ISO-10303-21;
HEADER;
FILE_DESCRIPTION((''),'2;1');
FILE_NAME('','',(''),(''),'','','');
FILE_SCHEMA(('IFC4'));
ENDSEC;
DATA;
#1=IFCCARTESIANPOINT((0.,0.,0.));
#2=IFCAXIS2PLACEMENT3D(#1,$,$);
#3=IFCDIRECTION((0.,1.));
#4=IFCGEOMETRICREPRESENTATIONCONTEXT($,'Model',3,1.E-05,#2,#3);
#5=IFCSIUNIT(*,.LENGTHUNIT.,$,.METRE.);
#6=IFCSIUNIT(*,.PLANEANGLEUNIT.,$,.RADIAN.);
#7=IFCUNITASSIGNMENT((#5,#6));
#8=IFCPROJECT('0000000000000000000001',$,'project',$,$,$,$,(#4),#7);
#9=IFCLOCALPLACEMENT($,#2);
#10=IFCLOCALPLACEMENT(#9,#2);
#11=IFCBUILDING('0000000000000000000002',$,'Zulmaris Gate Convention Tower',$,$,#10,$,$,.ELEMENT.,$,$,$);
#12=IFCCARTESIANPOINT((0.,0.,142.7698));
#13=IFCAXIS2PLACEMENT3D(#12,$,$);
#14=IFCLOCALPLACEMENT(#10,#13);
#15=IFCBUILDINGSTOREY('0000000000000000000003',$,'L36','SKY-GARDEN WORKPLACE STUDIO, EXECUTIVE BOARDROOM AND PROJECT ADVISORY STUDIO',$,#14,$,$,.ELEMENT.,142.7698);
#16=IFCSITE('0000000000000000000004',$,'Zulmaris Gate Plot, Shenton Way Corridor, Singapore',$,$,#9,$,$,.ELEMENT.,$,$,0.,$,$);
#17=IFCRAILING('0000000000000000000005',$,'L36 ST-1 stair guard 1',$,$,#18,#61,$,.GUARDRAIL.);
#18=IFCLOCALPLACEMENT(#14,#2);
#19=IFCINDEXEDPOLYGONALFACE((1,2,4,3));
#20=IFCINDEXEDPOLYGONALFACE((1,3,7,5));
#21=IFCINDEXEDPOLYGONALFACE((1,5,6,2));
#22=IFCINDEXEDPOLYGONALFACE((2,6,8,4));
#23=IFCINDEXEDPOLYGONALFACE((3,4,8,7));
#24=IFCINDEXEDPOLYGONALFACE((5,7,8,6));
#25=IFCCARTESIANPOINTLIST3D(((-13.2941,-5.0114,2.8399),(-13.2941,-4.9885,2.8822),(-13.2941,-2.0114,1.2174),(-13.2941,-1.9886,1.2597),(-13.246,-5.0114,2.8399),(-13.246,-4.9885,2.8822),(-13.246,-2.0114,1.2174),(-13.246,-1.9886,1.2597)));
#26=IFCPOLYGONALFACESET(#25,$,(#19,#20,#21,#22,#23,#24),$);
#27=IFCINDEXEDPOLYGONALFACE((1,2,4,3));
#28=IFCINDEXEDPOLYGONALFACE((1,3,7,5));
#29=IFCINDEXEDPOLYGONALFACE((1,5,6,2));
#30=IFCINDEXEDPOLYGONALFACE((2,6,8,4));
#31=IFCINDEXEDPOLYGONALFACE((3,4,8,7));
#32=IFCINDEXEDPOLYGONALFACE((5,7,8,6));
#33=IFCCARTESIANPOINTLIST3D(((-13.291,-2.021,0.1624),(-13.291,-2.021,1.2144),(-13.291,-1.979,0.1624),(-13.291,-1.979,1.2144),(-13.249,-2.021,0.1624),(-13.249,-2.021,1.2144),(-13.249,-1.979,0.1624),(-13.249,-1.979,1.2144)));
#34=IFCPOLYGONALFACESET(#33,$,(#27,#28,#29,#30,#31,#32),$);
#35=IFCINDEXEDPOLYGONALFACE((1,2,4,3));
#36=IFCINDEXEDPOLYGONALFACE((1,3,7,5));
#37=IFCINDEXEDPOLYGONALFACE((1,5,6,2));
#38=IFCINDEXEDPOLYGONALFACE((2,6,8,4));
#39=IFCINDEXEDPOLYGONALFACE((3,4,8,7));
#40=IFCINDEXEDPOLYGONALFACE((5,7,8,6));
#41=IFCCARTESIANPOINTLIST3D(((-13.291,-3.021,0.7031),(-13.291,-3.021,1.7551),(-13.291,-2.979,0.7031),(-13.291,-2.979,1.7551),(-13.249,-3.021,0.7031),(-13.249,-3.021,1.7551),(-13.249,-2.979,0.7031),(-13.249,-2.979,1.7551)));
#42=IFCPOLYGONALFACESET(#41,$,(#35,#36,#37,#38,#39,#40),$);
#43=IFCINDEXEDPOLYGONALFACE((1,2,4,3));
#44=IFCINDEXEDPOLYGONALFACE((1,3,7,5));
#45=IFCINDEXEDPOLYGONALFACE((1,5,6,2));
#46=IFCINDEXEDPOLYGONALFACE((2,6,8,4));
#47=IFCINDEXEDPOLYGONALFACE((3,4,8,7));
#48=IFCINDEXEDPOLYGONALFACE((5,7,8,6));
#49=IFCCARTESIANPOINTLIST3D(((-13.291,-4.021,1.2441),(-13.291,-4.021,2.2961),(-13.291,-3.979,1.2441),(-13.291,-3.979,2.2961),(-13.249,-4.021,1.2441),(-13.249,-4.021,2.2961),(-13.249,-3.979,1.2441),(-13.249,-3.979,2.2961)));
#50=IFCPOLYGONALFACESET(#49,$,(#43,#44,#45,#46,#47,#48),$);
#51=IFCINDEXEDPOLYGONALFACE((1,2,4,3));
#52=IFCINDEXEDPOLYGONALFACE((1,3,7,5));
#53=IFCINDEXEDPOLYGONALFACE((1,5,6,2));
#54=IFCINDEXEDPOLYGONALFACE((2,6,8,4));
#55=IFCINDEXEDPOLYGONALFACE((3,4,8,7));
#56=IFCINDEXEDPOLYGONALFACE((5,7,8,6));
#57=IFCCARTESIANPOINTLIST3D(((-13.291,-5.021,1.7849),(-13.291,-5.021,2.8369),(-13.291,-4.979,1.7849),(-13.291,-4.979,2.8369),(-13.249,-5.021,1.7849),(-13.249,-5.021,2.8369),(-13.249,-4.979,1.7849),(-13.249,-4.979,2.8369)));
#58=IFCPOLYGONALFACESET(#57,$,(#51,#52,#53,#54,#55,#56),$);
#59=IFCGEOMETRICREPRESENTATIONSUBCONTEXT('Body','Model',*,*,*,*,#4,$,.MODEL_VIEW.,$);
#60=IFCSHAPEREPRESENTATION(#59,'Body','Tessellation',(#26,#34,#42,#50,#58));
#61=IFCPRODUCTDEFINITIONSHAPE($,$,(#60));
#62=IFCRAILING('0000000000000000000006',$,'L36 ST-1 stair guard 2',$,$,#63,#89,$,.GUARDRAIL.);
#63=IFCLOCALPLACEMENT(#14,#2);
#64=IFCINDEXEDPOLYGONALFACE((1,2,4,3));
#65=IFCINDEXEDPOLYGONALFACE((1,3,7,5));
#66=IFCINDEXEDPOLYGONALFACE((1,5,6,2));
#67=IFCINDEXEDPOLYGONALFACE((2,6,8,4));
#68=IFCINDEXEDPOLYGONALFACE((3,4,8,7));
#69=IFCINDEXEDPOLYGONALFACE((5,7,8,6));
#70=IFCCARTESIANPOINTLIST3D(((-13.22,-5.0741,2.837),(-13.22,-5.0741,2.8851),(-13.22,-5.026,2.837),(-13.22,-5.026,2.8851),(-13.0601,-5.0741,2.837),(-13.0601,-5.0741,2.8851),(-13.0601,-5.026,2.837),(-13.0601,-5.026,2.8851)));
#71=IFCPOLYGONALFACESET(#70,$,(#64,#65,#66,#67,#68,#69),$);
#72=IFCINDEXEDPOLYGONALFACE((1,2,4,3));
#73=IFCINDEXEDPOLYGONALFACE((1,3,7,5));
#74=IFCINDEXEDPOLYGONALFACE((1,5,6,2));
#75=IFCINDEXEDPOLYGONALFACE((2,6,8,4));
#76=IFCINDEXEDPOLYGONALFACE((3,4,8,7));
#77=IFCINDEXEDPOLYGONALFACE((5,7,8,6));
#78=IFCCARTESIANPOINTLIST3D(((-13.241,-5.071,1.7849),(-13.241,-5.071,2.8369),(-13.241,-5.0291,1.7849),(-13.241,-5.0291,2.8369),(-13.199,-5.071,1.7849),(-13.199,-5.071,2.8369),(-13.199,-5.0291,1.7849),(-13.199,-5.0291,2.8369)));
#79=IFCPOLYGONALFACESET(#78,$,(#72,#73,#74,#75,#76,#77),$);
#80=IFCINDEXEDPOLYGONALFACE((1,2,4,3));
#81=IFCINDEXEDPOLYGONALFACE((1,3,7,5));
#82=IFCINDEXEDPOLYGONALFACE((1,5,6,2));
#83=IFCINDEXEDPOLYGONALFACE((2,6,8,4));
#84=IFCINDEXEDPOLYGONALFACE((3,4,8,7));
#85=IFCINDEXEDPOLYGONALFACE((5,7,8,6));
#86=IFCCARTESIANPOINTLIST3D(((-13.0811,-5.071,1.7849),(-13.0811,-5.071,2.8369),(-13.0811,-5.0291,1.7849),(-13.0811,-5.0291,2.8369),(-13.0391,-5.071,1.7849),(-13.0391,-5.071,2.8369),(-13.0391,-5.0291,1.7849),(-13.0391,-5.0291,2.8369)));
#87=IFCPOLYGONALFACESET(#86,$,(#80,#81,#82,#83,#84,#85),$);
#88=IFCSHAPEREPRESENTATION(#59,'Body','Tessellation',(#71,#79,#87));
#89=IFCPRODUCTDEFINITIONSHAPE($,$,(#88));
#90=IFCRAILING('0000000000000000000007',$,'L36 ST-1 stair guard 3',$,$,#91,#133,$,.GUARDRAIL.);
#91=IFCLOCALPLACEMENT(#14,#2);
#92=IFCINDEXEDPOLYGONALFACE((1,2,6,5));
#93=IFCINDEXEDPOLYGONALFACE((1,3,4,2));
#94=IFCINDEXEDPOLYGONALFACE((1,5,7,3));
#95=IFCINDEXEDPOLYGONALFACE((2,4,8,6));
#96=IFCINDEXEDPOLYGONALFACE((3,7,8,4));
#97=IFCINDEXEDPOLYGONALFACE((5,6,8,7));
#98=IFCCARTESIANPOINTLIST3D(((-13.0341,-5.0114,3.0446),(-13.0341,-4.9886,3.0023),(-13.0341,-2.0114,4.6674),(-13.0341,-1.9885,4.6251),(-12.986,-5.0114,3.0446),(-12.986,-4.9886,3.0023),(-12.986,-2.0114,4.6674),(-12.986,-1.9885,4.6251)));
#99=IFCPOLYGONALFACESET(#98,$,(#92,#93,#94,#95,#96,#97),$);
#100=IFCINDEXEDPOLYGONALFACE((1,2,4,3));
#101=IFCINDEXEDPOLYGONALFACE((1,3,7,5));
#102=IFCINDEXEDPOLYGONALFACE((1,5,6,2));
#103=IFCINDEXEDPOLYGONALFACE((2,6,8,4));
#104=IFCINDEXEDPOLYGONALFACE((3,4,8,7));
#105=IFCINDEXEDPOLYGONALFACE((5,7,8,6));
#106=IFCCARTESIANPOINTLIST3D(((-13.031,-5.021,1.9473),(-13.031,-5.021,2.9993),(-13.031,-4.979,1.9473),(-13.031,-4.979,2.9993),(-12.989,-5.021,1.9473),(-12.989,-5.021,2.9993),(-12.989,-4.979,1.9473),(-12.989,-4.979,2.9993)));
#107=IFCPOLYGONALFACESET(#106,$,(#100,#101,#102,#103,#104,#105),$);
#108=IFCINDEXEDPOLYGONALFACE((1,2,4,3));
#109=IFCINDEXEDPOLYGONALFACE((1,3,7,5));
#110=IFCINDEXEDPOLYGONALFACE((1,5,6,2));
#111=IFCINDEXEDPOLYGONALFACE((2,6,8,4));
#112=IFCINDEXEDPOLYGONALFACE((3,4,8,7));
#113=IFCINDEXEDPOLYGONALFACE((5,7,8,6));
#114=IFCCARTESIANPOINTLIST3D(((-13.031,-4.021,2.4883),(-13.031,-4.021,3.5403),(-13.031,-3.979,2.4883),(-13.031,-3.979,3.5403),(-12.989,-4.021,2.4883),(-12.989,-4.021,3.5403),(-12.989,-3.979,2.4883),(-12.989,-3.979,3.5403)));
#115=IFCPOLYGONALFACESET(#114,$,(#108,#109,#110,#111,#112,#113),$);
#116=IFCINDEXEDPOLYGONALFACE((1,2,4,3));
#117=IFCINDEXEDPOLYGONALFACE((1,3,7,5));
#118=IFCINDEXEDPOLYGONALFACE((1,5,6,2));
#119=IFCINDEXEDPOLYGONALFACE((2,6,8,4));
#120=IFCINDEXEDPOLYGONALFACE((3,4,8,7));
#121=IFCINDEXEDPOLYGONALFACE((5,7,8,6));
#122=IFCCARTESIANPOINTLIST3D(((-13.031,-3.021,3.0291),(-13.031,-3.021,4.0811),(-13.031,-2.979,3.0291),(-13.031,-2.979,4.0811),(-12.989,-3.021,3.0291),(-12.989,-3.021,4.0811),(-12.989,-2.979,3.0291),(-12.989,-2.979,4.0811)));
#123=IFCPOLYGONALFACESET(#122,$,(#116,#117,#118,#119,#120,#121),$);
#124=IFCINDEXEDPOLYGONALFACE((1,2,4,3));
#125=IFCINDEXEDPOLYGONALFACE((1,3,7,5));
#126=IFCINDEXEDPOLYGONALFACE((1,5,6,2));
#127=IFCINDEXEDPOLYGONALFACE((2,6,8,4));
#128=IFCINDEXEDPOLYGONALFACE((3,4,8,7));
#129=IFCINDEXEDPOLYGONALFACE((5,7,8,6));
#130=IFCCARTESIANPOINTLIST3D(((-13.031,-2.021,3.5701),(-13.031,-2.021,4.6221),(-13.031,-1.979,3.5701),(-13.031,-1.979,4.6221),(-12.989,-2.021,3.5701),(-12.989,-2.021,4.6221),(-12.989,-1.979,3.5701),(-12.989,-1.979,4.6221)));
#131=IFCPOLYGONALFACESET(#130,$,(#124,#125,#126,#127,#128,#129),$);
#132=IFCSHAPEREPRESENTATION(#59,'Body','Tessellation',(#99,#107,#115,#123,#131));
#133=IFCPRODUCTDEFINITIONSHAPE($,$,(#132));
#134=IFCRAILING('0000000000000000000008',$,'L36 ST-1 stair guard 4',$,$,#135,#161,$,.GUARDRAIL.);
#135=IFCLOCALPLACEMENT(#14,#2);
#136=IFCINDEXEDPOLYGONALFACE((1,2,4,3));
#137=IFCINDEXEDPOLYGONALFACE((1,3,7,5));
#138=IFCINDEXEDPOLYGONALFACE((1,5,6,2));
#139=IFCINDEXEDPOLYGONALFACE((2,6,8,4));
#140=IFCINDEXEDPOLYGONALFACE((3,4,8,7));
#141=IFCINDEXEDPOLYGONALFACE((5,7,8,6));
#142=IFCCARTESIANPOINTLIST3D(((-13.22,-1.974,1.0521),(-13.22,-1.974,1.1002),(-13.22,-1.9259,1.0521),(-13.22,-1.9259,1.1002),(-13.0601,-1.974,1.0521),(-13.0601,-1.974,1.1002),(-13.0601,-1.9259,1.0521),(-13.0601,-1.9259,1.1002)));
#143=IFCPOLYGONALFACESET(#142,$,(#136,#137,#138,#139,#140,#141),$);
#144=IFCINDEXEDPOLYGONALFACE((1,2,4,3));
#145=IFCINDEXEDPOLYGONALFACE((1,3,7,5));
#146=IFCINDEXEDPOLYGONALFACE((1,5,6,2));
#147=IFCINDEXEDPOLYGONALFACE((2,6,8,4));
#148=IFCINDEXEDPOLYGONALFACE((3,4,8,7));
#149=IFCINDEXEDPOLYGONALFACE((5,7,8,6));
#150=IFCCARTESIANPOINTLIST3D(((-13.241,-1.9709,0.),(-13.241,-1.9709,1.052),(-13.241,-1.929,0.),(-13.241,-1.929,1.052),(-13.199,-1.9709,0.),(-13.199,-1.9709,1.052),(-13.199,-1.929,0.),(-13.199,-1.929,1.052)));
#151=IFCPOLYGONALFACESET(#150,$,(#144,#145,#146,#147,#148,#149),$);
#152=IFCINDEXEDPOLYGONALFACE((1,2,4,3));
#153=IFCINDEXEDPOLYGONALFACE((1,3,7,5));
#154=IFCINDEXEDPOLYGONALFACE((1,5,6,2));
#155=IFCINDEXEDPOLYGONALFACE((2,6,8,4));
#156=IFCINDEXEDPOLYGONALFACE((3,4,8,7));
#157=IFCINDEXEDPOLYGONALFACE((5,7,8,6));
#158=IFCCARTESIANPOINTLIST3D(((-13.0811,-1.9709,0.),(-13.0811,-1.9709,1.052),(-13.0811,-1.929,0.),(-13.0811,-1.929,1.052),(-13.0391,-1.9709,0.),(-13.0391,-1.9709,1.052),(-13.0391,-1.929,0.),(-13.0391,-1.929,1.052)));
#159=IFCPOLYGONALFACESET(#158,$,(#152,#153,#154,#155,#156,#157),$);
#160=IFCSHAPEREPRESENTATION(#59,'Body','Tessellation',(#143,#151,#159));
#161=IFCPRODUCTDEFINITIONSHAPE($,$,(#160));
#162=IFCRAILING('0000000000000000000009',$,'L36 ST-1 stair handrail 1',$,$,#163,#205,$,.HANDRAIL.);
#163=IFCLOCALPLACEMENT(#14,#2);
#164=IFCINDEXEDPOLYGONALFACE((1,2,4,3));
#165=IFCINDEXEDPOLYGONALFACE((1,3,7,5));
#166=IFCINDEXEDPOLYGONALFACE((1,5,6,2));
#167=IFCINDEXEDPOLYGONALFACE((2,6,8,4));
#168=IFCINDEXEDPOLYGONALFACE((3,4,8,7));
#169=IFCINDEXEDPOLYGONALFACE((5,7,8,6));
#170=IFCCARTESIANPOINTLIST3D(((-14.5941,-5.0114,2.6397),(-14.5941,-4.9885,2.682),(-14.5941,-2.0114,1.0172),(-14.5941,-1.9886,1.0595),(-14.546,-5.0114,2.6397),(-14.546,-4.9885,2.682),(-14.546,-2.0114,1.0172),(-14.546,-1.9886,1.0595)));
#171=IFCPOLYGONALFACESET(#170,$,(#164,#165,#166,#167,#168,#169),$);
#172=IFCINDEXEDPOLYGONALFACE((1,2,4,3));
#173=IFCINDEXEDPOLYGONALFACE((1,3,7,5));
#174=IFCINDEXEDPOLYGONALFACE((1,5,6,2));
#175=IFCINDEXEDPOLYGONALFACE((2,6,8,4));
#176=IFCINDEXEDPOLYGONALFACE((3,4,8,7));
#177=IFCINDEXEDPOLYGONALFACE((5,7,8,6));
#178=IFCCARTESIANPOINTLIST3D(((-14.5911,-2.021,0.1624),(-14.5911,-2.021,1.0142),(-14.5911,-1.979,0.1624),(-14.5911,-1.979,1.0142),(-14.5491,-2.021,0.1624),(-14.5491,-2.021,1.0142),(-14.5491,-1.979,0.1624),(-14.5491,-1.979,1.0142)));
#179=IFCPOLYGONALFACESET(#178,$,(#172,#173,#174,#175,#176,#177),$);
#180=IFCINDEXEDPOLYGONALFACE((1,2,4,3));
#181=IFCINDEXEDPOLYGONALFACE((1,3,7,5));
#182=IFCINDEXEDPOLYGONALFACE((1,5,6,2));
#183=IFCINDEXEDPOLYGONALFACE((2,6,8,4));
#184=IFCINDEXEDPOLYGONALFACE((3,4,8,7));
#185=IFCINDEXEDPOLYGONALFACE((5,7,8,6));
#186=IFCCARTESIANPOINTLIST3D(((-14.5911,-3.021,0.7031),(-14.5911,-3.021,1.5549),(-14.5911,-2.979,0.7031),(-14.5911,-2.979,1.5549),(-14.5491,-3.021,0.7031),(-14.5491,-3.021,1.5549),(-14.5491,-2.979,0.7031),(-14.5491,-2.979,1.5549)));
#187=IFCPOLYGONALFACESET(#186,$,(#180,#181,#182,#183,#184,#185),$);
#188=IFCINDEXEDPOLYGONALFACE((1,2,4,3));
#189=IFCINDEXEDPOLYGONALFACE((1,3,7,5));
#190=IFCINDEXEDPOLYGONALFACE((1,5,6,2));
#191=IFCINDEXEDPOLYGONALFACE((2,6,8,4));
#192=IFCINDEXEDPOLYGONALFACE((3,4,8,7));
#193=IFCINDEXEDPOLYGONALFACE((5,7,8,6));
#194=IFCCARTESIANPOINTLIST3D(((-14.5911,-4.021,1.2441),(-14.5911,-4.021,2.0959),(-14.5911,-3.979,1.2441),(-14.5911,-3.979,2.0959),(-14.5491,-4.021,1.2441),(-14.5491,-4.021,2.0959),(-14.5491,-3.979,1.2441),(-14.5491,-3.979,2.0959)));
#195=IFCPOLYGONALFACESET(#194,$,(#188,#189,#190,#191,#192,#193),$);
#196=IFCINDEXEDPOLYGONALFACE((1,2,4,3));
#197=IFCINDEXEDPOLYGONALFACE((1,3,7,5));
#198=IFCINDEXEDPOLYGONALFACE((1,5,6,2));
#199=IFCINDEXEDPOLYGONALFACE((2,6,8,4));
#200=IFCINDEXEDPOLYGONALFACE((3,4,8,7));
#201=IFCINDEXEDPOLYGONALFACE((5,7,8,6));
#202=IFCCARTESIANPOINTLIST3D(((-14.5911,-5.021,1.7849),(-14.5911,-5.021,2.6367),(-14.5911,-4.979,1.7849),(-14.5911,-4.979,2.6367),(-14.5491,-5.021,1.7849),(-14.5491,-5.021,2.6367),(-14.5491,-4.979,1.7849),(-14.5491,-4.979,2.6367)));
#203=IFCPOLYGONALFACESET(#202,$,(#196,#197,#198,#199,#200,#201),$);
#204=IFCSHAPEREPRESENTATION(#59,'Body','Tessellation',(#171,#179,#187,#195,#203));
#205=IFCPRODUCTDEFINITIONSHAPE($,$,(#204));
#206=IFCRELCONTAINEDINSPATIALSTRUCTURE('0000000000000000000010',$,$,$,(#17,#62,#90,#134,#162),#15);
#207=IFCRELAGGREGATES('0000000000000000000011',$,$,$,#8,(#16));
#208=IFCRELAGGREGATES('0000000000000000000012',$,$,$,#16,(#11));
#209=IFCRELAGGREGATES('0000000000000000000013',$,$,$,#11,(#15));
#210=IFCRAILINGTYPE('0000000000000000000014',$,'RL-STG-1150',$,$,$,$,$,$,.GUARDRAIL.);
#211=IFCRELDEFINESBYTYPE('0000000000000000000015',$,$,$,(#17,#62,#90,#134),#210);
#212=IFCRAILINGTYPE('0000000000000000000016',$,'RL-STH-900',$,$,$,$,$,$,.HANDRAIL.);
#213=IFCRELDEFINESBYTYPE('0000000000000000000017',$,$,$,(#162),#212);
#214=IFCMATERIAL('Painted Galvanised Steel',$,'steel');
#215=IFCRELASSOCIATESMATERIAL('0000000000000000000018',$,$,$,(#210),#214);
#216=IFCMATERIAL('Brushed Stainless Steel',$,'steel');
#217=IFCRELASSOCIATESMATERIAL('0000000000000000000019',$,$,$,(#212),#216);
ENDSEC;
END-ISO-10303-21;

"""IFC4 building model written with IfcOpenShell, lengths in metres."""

from ifc_helpers import new_model, si_unit, direction, frame, origin, origin_2d, place, context, subcontext, project, spatial, rectangle, extrude, material, type_object, element, save


model = new_model("IFC4")

# Units and contexts
model_context = context("Model", 3, precision=1e-05, world=origin(), true_north=direction((0.0, 1.0)))
body_context = subcontext(model_context, "Body", "Model", "MODEL_VIEW")
ifc_project = project(units=[si_unit("LENGTHUNIT", "METRE"), si_unit("PLANEANGLEUNIT", "RADIAN")], contexts=[model_context])

# Site, building, storey
site_placement = place(None, origin())
site = spatial("IfcSite", under=ifc_project, at=site_placement, Name="Zulmaris Gate Plot, Shenton Way Corridor, Singapore", CompositionType="ELEMENT", RefElevation=0.0)
building_placement = place(site_placement, origin())
building = spatial("IfcBuilding", under=site, at=building_placement, Name="Zulmaris Gate Convention Tower", CompositionType="ELEMENT")
storey_placement = place(building_placement, frame((0.0, 0.0, 142.7698)))
storey = spatial("IfcBuildingStorey", under=building, at=storey_placement, Name="L36", Description="SKY-GARDEN WORKPLACE STUDIO, EXECUTIVE BOARDROOM AND PROJECT ADVISORY STUDIO", CompositionType="ELEMENT", Elevation=142.7698)

# Railings
ifc_material_1 = material(Name="Painted Galvanised Steel", Category="steel")
railing_type_1 = type_object("IfcRailingType", Name="RL-STG-1150", PredefinedType="GUARDRAIL", material=ifc_material_1)
railing_1_placement = place(storey_placement, frame((-13.27, -2.0, 0.1624)))
element("IfcRailing", 1, at=railing_1_placement, inside=storey, type_object=railing_type_1, Name="L36 ST-1 stair guard 1", PredefinedType="GUARDRAIL", context=body_context, shape_type="SweptSolid", body=[
    extrude(rectangle(XDim=0.0481, YDim=0.0481, at=origin_2d()), frame((0.0, 0.0, 1.0762), z_axis=(0.0, -0.879592, 0.47573), x_axis=(1.0, 0.0, 0.0)), (0.0, 0.0, 1.0), 3.4106),
    extrude(rectangle(XDim=0.042, YDim=0.042, at=origin_2d()), origin(), (0.0, 0.0, 1.0), 1.052),
    extrude(rectangle(XDim=0.042, YDim=0.042, at=origin_2d()), frame((0.0, -1.0, 0.5408)), (0.0, 0.0, 1.0), 1.052),
    extrude(rectangle(XDim=0.042, YDim=0.042, at=origin_2d()), frame((0.0, -2.0, 1.0818)), (0.0, 0.0, 1.0), 1.052),
    extrude(rectangle(XDim=0.042, YDim=0.042, at=origin_2d()), frame((0.0, -3.0, 1.6226)), (0.0, 0.0, 1.0), 1.052),
])
railing_2_placement = place(storey_placement, frame((-13.22, -5.05, 1.7849)))
element("IfcRailing", 2, at=railing_2_placement, inside=storey, type_object=railing_type_1, Name="L36 ST-1 stair guard 2", PredefinedType="GUARDRAIL", context=body_context, shape_type="SweptSolid", body=[
    extrude(rectangle(XDim=0.0481, YDim=0.0481, at=origin_2d()), frame((0.0, 0.0, 1.0762), z_axis=(1.0, 0.0, 0.0), x_axis=(0.0, 1.0, 0.0)), (0.0, 0.0, 1.0), 0.1599),
    extrude(rectangle(XDim=0.042, YDim=0.042, at=origin_2d()), origin(), (0.0, 0.0, 1.0), 1.052),
    extrude(rectangle(XDim=0.042, YDim=0.042, at=origin_2d()), frame((0.1599, 0.0, 0.0)), (0.0, 0.0, 1.0), 1.052),
])
railing_3_placement = place(storey_placement, frame((-13.01, -5.0, 1.9473)))
element("IfcRailing", 3, at=railing_3_placement, inside=storey, type_object=railing_type_1, Name="L36 ST-1 stair guard 3", PredefinedType="GUARDRAIL", context=body_context, shape_type="SweptSolid", body=[
    extrude(rectangle(XDim=0.0481, YDim=0.0481, at=origin_2d()), frame((0.0, 0.0, 1.0762), z_axis=(0.0, 0.879562, 0.475785), x_axis=(-1.0, 0.0, 0.0)), (0.0, 0.0, 1.0), 3.4109),
    extrude(rectangle(XDim=0.042, YDim=0.042, at=origin_2d()), origin(), (0.0, 0.0, 1.0), 1.052),
    extrude(rectangle(XDim=0.042, YDim=0.042, at=origin_2d()), frame((0.0, 1.0, 0.541)), (0.0, 0.0, 1.0), 1.052),
    extrude(rectangle(XDim=0.042, YDim=0.042, at=origin_2d()), frame((0.0, 2.0, 1.0818)), (0.0, 0.0, 1.0), 1.052),
    extrude(rectangle(XDim=0.042, YDim=0.042, at=origin_2d()), frame((0.0, 3.0, 1.6228)), (0.0, 0.0, 1.0), 1.052),
])
railing_4_placement = place(storey_placement, frame((-13.22, -1.95, 0.0)))
element("IfcRailing", 4, at=railing_4_placement, inside=storey, type_object=railing_type_1, Name="L36 ST-1 stair guard 4", PredefinedType="GUARDRAIL", context=body_context, shape_type="SweptSolid", body=[
    extrude(rectangle(XDim=0.0481, YDim=0.0481, at=origin_2d()), frame((0.0, 0.0, 1.0762), z_axis=(1.0, 0.0, 0.0), x_axis=(0.0, 1.0, 0.0)), (0.0, 0.0, 1.0), 0.1599),
    extrude(rectangle(XDim=0.042, YDim=0.042, at=origin_2d()), origin(), (0.0, 0.0, 1.0), 1.052),
    extrude(rectangle(XDim=0.042, YDim=0.042, at=origin_2d()), frame((0.1599, 0.0, 0.0)), (0.0, 0.0, 1.0), 1.052),
])
ifc_material_2 = material(Name="Brushed Stainless Steel", Category="steel")
railing_type_2 = type_object("IfcRailingType", Name="RL-STH-900", PredefinedType="HANDRAIL", material=ifc_material_2)
railing_5_placement = place(storey_placement, frame((-14.5701, -2.0, 0.1624)))
element("IfcRailing", 5, at=railing_5_placement, inside=storey, type_object=railing_type_2, Name="L36 ST-1 stair handrail 1", PredefinedType="HANDRAIL", context=body_context, shape_type="SweptSolid", body=[
    extrude(rectangle(XDim=0.0481, YDim=0.0481, at=origin_2d()), frame((0.0, 0.0, 0.876), z_axis=(0.0, -0.879592, 0.47573), x_axis=(1.0, 0.0, 0.0)), (0.0, 0.0, 1.0), 3.4106),
    extrude(rectangle(XDim=0.042, YDim=0.042, at=origin_2d()), origin(), (0.0, 0.0, 1.0), 0.8518),
    extrude(rectangle(XDim=0.042, YDim=0.042, at=origin_2d()), frame((0.0, -1.0, 0.5408)), (0.0, 0.0, 1.0), 0.8518),
    extrude(rectangle(XDim=0.042, YDim=0.042, at=origin_2d()), frame((0.0, -2.0, 1.0818)), (0.0, 0.0, 1.0), 0.8518),
    extrude(rectangle(XDim=0.042, YDim=0.042, at=origin_2d()), frame((0.0, -3.0, 1.6226)), (0.0, 0.0, 1.0), 0.8518),
])

save(model, "model.ifc")
